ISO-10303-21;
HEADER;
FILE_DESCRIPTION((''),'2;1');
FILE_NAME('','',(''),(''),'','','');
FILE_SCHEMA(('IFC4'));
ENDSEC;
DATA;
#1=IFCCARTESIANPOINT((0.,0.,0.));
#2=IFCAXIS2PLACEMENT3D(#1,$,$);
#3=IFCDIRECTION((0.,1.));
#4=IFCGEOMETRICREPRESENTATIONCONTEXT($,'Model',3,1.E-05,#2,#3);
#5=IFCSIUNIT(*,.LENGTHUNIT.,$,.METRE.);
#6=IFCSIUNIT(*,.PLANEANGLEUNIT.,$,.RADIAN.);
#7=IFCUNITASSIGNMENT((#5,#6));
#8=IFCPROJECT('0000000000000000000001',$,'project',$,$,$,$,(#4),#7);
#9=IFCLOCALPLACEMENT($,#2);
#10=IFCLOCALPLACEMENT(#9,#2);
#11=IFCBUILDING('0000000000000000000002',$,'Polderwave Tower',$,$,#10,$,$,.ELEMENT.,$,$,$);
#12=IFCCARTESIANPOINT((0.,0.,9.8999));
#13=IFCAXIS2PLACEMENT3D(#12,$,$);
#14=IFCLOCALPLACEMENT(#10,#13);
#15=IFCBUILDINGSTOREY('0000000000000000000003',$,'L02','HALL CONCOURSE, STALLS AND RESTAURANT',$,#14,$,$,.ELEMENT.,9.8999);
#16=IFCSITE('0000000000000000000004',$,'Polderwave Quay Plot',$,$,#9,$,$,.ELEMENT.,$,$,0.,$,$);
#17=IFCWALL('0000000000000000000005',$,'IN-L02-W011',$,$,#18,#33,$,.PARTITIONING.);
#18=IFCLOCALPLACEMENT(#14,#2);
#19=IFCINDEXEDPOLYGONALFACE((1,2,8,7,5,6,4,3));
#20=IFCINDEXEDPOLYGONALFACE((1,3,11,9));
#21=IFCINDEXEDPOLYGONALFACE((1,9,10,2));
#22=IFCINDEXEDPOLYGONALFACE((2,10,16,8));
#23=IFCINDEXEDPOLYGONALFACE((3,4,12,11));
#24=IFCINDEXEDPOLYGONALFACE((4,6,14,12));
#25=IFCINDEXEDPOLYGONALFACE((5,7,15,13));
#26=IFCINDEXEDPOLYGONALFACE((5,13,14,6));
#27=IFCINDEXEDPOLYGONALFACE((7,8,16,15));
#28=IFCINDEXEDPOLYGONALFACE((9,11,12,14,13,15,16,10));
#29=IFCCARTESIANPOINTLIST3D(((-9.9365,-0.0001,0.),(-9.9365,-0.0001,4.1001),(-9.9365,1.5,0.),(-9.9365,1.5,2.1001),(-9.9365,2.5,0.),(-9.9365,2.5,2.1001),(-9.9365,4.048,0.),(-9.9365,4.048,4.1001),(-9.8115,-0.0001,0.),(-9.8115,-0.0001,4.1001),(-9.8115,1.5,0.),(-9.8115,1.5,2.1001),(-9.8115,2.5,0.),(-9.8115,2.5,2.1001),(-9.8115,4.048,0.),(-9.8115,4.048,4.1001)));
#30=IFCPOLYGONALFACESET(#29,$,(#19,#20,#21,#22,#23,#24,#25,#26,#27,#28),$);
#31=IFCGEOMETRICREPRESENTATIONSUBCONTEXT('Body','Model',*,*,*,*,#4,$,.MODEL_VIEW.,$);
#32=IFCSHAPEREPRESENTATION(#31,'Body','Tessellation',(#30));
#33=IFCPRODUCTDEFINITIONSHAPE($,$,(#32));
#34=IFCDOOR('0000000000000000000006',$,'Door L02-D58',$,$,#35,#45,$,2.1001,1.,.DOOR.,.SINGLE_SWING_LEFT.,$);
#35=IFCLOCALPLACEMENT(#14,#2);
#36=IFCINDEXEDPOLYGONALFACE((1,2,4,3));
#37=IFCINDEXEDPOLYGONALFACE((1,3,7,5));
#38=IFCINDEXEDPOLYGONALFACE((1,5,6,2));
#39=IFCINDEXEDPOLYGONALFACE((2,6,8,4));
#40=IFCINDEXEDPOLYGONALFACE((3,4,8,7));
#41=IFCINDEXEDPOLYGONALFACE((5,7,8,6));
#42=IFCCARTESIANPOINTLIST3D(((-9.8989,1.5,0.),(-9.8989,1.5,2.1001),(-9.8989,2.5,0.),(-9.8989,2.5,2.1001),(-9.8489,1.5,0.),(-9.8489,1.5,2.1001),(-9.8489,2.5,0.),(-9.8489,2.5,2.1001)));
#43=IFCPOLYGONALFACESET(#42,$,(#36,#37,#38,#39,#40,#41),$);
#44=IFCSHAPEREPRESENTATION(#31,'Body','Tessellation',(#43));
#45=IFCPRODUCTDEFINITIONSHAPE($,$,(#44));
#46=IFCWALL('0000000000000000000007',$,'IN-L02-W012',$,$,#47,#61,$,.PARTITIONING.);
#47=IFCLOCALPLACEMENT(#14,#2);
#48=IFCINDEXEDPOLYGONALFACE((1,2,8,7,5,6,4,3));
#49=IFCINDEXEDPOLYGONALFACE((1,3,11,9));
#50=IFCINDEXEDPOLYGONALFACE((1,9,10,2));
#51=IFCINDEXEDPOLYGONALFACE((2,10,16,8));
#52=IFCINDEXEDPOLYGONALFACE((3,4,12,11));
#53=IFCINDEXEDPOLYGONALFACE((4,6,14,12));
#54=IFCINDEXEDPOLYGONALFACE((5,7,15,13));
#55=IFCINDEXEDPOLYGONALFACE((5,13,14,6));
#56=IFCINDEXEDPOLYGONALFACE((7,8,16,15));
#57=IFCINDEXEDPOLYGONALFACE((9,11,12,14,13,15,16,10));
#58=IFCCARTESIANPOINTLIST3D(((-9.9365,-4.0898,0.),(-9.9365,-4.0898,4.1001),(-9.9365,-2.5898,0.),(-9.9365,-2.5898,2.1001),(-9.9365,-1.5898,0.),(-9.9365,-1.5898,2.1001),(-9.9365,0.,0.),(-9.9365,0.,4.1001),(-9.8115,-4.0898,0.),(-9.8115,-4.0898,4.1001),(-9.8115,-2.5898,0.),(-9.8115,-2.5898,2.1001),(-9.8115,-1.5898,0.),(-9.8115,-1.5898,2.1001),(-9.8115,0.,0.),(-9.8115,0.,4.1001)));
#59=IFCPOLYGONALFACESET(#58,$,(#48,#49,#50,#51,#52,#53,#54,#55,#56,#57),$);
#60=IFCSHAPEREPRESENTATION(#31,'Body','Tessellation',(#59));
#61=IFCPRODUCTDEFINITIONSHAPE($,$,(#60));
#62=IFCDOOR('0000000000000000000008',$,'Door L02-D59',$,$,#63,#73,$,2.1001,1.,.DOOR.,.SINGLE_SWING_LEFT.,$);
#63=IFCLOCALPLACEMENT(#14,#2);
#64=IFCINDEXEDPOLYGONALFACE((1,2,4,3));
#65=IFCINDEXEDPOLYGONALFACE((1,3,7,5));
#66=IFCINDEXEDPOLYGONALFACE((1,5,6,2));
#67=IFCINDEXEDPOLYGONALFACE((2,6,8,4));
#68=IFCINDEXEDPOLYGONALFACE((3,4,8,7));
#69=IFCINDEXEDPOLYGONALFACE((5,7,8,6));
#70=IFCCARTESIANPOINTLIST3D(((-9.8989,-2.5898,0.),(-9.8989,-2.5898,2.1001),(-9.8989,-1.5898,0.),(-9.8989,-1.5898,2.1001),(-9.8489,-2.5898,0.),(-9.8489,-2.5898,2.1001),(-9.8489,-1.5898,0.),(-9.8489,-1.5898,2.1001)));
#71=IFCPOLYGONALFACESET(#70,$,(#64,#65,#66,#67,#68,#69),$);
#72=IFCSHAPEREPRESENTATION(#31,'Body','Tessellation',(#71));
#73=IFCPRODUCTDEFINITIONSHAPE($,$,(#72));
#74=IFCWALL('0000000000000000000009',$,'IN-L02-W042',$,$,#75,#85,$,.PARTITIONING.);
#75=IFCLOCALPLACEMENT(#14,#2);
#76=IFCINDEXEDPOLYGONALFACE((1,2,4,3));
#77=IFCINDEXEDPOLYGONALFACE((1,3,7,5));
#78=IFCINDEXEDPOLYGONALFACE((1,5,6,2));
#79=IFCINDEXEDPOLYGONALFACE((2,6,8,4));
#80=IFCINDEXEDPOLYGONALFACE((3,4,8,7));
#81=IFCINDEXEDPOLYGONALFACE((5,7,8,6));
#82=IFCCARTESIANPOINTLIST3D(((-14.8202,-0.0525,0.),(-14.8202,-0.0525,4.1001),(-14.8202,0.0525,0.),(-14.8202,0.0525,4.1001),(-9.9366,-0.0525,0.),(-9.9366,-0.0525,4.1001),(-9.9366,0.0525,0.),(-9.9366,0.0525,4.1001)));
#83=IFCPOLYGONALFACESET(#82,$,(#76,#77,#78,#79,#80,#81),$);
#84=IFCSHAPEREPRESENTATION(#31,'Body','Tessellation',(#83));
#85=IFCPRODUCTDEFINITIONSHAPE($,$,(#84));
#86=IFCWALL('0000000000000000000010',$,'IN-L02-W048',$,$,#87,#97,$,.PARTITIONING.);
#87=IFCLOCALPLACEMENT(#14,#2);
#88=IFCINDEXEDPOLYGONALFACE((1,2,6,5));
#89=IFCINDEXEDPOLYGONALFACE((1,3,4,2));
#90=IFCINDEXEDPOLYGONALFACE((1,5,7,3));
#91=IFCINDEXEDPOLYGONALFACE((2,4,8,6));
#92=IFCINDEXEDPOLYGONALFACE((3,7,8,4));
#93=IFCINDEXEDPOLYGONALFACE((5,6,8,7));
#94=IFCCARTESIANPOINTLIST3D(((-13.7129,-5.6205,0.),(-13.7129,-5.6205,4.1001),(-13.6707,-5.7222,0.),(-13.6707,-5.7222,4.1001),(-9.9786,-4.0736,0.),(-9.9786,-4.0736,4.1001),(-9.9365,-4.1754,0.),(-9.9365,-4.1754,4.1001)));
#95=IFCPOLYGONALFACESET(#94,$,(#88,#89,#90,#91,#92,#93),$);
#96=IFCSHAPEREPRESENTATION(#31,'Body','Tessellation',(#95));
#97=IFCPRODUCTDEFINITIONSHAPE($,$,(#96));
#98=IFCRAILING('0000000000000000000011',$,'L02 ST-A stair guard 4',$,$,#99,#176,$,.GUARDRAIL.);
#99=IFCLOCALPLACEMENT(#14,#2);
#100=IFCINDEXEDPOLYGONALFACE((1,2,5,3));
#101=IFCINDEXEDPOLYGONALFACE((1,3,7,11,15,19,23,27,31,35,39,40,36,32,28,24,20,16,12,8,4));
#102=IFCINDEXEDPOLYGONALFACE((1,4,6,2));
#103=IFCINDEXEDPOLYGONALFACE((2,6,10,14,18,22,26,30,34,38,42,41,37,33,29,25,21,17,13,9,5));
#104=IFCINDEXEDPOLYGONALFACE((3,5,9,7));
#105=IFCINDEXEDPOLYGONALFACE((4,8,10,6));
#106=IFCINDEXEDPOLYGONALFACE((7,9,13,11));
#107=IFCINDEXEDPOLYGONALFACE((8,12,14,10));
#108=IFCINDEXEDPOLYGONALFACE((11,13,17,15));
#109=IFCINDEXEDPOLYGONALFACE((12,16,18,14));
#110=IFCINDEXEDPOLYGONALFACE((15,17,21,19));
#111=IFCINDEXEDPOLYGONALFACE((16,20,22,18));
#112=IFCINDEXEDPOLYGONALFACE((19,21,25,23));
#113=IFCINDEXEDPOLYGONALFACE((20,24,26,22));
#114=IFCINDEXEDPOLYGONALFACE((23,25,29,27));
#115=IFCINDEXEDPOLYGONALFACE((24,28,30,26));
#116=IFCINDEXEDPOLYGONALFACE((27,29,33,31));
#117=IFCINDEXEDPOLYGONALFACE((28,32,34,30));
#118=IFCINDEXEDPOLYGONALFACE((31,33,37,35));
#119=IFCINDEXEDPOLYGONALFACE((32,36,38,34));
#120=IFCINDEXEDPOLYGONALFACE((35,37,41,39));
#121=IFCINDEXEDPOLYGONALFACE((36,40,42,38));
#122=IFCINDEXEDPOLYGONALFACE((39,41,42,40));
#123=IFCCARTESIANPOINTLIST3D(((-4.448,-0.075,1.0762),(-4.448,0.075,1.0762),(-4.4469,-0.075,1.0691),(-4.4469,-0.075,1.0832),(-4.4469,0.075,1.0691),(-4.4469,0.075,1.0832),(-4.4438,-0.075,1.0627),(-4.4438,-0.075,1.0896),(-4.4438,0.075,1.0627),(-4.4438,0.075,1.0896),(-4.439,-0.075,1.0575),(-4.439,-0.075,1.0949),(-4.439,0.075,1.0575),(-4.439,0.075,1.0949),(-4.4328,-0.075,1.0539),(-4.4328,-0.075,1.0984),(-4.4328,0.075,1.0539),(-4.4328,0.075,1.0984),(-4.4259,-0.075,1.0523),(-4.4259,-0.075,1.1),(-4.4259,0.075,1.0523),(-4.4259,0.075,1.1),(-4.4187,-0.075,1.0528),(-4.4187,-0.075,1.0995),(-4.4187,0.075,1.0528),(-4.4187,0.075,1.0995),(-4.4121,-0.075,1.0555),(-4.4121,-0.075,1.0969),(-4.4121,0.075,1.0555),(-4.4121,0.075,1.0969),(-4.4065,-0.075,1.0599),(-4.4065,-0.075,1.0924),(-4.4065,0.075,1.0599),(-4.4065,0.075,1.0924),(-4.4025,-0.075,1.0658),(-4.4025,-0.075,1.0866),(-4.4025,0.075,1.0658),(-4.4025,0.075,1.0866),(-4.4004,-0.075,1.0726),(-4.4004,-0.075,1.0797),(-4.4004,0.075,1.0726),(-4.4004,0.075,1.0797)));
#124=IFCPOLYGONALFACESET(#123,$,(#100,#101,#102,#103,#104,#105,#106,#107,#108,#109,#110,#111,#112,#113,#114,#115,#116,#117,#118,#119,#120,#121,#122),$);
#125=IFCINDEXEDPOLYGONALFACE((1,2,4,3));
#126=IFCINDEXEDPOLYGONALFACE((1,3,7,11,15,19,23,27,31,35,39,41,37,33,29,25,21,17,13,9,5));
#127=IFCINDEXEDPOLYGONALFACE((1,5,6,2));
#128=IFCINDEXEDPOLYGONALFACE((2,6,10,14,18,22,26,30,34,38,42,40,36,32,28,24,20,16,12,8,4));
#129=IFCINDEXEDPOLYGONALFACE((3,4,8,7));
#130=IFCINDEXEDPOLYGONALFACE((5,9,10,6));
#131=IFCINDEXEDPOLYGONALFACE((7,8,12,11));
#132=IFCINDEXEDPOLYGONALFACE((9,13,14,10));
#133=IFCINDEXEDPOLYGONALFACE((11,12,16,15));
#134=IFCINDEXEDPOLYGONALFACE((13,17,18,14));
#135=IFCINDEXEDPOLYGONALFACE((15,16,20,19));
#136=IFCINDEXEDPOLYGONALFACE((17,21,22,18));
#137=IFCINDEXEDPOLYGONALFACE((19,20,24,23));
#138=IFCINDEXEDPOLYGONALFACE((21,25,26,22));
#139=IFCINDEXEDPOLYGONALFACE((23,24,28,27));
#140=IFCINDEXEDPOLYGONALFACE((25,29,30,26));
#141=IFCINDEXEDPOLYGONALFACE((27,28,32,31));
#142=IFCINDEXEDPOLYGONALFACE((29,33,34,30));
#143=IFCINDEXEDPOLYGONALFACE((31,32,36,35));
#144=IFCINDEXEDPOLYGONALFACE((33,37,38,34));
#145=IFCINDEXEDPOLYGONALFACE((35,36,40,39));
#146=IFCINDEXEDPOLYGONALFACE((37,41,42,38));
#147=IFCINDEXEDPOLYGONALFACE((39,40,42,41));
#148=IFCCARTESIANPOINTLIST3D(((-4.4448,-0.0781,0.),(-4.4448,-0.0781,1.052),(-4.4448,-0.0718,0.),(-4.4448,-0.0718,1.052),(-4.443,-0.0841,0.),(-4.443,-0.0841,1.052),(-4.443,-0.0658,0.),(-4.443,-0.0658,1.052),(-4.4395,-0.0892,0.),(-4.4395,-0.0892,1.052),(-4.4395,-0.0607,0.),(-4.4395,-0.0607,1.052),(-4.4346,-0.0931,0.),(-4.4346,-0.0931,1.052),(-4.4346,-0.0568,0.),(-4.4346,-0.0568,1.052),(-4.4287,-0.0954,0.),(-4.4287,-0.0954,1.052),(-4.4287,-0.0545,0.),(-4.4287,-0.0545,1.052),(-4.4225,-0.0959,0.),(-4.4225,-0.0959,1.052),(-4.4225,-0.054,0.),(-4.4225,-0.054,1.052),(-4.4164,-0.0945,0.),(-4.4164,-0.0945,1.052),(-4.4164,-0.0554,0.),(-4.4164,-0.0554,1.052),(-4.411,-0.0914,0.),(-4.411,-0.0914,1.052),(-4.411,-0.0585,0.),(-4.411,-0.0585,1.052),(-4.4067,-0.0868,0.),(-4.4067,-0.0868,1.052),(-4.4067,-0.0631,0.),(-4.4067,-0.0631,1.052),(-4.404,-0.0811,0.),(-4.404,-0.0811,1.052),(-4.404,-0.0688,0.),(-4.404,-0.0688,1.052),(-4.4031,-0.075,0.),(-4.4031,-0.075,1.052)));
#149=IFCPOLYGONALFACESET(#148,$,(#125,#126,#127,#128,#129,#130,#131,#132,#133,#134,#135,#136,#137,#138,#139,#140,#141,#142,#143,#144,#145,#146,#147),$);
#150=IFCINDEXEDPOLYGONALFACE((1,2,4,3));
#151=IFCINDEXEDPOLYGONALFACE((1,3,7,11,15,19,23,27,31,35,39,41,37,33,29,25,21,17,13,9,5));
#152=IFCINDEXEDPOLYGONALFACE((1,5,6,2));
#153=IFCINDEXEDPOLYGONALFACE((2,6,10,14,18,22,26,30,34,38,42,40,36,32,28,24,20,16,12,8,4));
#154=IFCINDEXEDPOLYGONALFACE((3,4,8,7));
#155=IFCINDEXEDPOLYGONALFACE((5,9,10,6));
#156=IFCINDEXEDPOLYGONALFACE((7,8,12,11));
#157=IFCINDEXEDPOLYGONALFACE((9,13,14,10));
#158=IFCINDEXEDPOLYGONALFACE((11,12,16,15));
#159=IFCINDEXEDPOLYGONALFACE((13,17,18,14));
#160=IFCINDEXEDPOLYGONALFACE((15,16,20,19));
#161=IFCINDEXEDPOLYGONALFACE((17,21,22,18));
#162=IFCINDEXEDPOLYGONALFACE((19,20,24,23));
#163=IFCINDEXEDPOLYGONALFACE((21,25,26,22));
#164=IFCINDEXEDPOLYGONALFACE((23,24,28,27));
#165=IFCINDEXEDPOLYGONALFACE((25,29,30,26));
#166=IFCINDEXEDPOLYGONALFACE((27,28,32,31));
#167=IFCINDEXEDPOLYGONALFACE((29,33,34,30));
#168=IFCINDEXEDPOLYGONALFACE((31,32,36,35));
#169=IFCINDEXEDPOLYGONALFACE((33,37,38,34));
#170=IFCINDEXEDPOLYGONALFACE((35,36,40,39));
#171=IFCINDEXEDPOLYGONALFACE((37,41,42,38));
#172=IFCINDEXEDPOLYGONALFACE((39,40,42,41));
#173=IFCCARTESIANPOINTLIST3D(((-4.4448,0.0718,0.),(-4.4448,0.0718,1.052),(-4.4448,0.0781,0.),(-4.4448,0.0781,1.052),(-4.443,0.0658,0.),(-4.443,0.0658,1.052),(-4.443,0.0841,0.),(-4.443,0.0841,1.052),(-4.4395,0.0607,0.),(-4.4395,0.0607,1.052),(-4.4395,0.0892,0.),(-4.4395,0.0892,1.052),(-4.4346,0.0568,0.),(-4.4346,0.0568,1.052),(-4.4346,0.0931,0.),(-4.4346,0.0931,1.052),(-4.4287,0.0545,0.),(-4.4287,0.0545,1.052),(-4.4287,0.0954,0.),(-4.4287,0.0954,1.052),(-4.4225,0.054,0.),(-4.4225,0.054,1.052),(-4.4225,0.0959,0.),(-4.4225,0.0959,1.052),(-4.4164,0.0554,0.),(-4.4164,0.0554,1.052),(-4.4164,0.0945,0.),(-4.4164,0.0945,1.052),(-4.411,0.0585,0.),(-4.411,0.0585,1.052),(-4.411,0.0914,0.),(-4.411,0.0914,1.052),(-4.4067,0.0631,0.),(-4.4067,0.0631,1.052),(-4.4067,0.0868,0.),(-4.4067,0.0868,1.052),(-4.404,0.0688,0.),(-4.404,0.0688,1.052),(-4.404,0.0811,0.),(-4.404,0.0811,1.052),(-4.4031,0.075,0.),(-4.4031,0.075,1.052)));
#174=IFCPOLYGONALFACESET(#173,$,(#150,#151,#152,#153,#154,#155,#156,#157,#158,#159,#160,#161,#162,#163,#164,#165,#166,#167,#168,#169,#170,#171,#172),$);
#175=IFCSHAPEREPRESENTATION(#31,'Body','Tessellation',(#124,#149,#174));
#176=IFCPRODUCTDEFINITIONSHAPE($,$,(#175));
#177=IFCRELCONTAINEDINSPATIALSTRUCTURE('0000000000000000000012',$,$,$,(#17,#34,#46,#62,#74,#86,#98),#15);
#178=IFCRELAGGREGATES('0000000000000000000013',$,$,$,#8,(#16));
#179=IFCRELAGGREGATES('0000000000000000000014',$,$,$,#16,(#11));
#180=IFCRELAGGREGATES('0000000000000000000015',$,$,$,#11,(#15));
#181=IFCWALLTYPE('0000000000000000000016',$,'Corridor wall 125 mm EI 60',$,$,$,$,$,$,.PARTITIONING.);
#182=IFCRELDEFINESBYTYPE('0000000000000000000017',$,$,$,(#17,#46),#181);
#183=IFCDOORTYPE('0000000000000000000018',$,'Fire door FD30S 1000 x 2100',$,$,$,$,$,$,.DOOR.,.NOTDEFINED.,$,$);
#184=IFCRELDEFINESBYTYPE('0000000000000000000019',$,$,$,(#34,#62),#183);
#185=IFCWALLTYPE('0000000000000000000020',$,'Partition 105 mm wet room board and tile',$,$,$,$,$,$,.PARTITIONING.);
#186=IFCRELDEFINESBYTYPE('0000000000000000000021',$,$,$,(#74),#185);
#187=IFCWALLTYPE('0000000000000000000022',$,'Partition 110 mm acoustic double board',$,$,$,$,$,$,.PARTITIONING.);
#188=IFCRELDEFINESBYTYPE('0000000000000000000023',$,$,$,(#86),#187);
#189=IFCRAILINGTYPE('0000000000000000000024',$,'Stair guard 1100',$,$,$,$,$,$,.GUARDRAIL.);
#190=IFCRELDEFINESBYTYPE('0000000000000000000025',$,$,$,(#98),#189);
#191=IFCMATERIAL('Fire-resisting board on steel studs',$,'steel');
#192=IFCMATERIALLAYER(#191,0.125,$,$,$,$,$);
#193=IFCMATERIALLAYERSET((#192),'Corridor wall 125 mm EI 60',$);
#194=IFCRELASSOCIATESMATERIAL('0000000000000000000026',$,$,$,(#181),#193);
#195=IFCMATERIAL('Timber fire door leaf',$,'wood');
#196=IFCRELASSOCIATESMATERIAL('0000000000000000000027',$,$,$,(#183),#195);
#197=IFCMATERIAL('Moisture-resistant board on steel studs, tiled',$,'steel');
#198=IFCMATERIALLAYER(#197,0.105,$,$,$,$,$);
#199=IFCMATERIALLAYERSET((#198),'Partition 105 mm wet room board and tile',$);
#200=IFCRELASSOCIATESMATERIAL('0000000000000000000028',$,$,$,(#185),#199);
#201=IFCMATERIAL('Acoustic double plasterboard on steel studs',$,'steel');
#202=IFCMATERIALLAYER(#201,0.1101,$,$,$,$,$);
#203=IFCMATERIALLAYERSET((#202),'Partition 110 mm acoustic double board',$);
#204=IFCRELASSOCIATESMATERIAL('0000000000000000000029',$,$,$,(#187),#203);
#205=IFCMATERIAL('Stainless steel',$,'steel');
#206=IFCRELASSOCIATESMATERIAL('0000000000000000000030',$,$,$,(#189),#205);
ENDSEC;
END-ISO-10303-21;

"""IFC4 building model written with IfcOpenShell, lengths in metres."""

from ifc_helpers import new_model, si_unit, direction, frame, frame_2d, origin, origin_2d, place, context, subcontext, project, spatial, rectangle, circle, extrude, material, layer, layer_set, type_object, element, fill, save


model = new_model("IFC4")

# Units and contexts
model_context = context("Model", 3, precision=1e-05, world=origin(), true_north=direction((0.0, 1.0)))
body_context = subcontext(model_context, "Body", "Model", "MODEL_VIEW")
ifc_project = project(units=[si_unit("LENGTHUNIT", "METRE"), si_unit("PLANEANGLEUNIT", "RADIAN")], contexts=[model_context])

# Site, building, storey
site_placement = place(None, origin())
site = spatial("IfcSite", under=ifc_project, at=site_placement, Name="Polderwave Quay Plot", CompositionType="ELEMENT", RefElevation=0.0)
building_placement = place(site_placement, origin())
building = spatial("IfcBuilding", under=site, at=building_placement, Name="Polderwave Tower", CompositionType="ELEMENT")
storey_placement = place(building_placement, frame((0.0, 0.0, 9.8999)))
storey = spatial("IfcBuildingStorey", under=building, at=storey_placement, Name="L02", Description="HALL CONCOURSE, STALLS AND RESTAURANT", CompositionType="ELEMENT", Elevation=9.8999)

# Shared definitions
ifc_material_1 = material(Name="Stainless steel", Category="steel")

# Walls, openings, doors
ifc_material_2 = material(Name="Fire-resisting board on steel studs", Category="steel")
ifc_layer_1 = layer(ifc_material_2, 0.125)
ifc_layer_set_1 = layer_set([ifc_layer_1], Name="Corridor wall 125 mm EI 60")
wall_type_1 = type_object("IfcWallType", Name="Corridor wall 125 mm EI 60", PredefinedType="PARTITIONING", material=ifc_layer_set_1)
wall_1_placement = place(storey_placement, frame((-9.874, 0.0, 0.0), z_axis=(0.0, 0.0, 1.0), x_axis=(0.0, 1.0, 0.0)))
wall_1 = element("IfcWall", 1, at=wall_1_placement, inside=storey, type_object=wall_type_1, Name="IN-L02-W011", PredefinedType="PARTITIONING", context=body_context, shape_type="SweptSolid", body=[
    extrude(rectangle(XDim=4.0481, YDim=0.125, at=frame_2d((2.0239, 0.0))), origin(), (0.0, 0.0, 1.0), 4.1001),
])
opening_1_placement = place(wall_1_placement, frame((1.5, 0.0, 0.0)))
opening_1 = element("IfcOpeningElement", 2, at=opening_1_placement, cuts=wall_1, PredefinedType="OPENING", context=body_context, shape_type="SweptSolid", body=[
    extrude(rectangle(XDim=1.0, YDim=2.1001, at=frame_2d((0.5, 1.05))), frame((0.0, 0.0725, 0.0), z_axis=(0.0, -1.0, 0.0), x_axis=(1.0, 0.0, 0.0)), (0.0, 0.0, 1.0), 0.145),
])
ifc_material_3 = material(Name="Timber fire door leaf", Category="wood")
door_type_1 = type_object("IfcDoorType", Name="Fire door FD30S 1000 x 2100", OperationType="NOTDEFINED", PredefinedType="DOOR", material=ifc_material_3)
door_1_placement = place(opening_1_placement, origin())
door_1 = element("IfcDoor", 3, at=door_1_placement, inside=storey, type_object=door_type_1, Name="Door L02-D58", OperationType="SINGLE_SWING_LEFT", OverallHeight=2.1001, OverallWidth=1.0, PredefinedType="DOOR", context=body_context, shape_type="SweptSolid", body=[
    extrude(rectangle(XDim=1.0, YDim=2.1001, at=frame_2d((0.5, 1.05))), frame((0.0, 0.0249, 0.0), z_axis=(0.0, -1.0, 0.0), x_axis=(1.0, 0.0, 0.0)), (0.0, 0.0, 1.0), 0.05),
])
fill(opening_1, door_1)
wall_2_placement = place(storey_placement, frame((-9.874, -4.0898, 0.0), z_axis=(0.0, 0.0, 1.0), x_axis=(0.0, 1.0, 0.0)))
wall_2 = element("IfcWall", 4, at=wall_2_placement, inside=storey, type_object=wall_type_1, Name="IN-L02-W012", PredefinedType="PARTITIONING", context=body_context, shape_type="SweptSolid", body=[
    extrude(rectangle(XDim=4.0898, YDim=0.125, at=frame_2d((2.0449, 0.0))), origin(), (0.0, 0.0, 1.0), 4.1001),
])
opening_2_placement = place(wall_2_placement, frame((1.5, 0.0, 0.0)))
opening_2 = element("IfcOpeningElement", 5, at=opening_2_placement, cuts=wall_2, PredefinedType="OPENING", context=body_context, shape_type="SweptSolid", body=[
    extrude(rectangle(XDim=1.0, YDim=2.1001, at=frame_2d((0.5, 1.05))), frame((0.0, 0.0725, 0.0), z_axis=(0.0, -1.0, 0.0), x_axis=(1.0, 0.0, 0.0)), (0.0, 0.0, 1.0), 0.145),
])
door_2_placement = place(opening_2_placement, origin())
door_2 = element("IfcDoor", 6, at=door_2_placement, inside=storey, type_object=door_type_1, Name="Door L02-D59", OperationType="SINGLE_SWING_LEFT", OverallHeight=2.1001, OverallWidth=1.0, PredefinedType="DOOR", context=body_context, shape_type="SweptSolid", body=[
    extrude(rectangle(XDim=1.0, YDim=2.1001, at=frame_2d((0.5, 1.05))), frame((0.0, 0.0249, 0.0), z_axis=(0.0, -1.0, 0.0), x_axis=(1.0, 0.0, 0.0)), (0.0, 0.0, 1.0), 0.05),
])
fill(opening_2, door_2)

# Walls
ifc_material_4 = material(Name="Moisture-resistant board on steel studs, tiled", Category="steel")
ifc_layer_2 = layer(ifc_material_4, 0.105)
ifc_layer_set_2 = layer_set([ifc_layer_2], Name="Partition 105 mm wet room board and tile")
wall_type_2 = type_object("IfcWallType", Name="Partition 105 mm wet room board and tile", PredefinedType="PARTITIONING", material=ifc_layer_set_2)
wall_3_placement = place(storey_placement, frame((-9.9365, 0.0, 0.0), z_axis=(0.0, 0.0, 1.0), x_axis=(-1.0, 0.0, 0.0)))
element("IfcWall", 7, at=wall_3_placement, inside=storey, type_object=wall_type_2, Name="IN-L02-W042", PredefinedType="PARTITIONING", context=body_context, shape_type="SweptSolid", body=[
    extrude(rectangle(XDim=4.8835, YDim=0.105, at=frame_2d((2.4419, 0.0))), origin(), (0.0, 0.0, 1.0), 4.1001),
])
ifc_material_5 = material(Name="Acoustic double plasterboard on steel studs", Category="steel")
ifc_layer_3 = layer(ifc_material_5, 0.1101)
ifc_layer_set_3 = layer_set([ifc_layer_3], Name="Partition 110 mm acoustic double board")
wall_type_3 = type_object("IfcWallType", Name="Partition 110 mm acoustic double board", PredefinedType="PARTITIONING", material=ifc_layer_set_3)
wall_4_placement = place(storey_placement, frame((-9.9575, -4.1245, 0.0), z_axis=(0.0, 0.0, 1.0), x_axis=(-0.923875, -0.382693, 0.0)))
element("IfcWall", 8, at=wall_4_placement, inside=storey, type_object=wall_type_3, Name="IN-L02-W048", PredefinedType="PARTITIONING", context=body_context, shape_type="SweptSolid", body=[
    extrude(rectangle(XDim=4.042, YDim=0.1101, at=frame_2d((2.021, 0.0))), origin(), (0.0, 0.0, 1.0), 4.1001),
])

# Railing
railing_type_1 = type_object("IfcRailingType", Name="Stair guard 1100", PredefinedType="GUARDRAIL", material=ifc_material_1)
railing_1_placement = place(storey_placement, frame((-4.4241, -0.075, 0.0)))
element("IfcRailing", 9, at=railing_1_placement, inside=storey, type_object=railing_type_1, Name="L02 ST-A stair guard 4", PredefinedType="GUARDRAIL", context=body_context, shape_type="SweptSolid", body=[
    extrude(circle(Radius=0.0239, at=origin_2d()), frame((0.0, 0.0, 1.0762), z_axis=(0.0, 1.0, 0.0), x_axis=(-1.0, 0.0, 0.0)), (0.0, 0.0, 1.0), 0.1499),
    extrude(circle(Radius=0.021, at=origin_2d()), origin(), (0.0, 0.0, 1.0), 1.052),
    extrude(circle(Radius=0.021, at=origin_2d()), frame((0.0, 0.1499, 0.0)), (0.0, 0.0, 1.0), 1.052),
])

save(model, "model.ifc")
